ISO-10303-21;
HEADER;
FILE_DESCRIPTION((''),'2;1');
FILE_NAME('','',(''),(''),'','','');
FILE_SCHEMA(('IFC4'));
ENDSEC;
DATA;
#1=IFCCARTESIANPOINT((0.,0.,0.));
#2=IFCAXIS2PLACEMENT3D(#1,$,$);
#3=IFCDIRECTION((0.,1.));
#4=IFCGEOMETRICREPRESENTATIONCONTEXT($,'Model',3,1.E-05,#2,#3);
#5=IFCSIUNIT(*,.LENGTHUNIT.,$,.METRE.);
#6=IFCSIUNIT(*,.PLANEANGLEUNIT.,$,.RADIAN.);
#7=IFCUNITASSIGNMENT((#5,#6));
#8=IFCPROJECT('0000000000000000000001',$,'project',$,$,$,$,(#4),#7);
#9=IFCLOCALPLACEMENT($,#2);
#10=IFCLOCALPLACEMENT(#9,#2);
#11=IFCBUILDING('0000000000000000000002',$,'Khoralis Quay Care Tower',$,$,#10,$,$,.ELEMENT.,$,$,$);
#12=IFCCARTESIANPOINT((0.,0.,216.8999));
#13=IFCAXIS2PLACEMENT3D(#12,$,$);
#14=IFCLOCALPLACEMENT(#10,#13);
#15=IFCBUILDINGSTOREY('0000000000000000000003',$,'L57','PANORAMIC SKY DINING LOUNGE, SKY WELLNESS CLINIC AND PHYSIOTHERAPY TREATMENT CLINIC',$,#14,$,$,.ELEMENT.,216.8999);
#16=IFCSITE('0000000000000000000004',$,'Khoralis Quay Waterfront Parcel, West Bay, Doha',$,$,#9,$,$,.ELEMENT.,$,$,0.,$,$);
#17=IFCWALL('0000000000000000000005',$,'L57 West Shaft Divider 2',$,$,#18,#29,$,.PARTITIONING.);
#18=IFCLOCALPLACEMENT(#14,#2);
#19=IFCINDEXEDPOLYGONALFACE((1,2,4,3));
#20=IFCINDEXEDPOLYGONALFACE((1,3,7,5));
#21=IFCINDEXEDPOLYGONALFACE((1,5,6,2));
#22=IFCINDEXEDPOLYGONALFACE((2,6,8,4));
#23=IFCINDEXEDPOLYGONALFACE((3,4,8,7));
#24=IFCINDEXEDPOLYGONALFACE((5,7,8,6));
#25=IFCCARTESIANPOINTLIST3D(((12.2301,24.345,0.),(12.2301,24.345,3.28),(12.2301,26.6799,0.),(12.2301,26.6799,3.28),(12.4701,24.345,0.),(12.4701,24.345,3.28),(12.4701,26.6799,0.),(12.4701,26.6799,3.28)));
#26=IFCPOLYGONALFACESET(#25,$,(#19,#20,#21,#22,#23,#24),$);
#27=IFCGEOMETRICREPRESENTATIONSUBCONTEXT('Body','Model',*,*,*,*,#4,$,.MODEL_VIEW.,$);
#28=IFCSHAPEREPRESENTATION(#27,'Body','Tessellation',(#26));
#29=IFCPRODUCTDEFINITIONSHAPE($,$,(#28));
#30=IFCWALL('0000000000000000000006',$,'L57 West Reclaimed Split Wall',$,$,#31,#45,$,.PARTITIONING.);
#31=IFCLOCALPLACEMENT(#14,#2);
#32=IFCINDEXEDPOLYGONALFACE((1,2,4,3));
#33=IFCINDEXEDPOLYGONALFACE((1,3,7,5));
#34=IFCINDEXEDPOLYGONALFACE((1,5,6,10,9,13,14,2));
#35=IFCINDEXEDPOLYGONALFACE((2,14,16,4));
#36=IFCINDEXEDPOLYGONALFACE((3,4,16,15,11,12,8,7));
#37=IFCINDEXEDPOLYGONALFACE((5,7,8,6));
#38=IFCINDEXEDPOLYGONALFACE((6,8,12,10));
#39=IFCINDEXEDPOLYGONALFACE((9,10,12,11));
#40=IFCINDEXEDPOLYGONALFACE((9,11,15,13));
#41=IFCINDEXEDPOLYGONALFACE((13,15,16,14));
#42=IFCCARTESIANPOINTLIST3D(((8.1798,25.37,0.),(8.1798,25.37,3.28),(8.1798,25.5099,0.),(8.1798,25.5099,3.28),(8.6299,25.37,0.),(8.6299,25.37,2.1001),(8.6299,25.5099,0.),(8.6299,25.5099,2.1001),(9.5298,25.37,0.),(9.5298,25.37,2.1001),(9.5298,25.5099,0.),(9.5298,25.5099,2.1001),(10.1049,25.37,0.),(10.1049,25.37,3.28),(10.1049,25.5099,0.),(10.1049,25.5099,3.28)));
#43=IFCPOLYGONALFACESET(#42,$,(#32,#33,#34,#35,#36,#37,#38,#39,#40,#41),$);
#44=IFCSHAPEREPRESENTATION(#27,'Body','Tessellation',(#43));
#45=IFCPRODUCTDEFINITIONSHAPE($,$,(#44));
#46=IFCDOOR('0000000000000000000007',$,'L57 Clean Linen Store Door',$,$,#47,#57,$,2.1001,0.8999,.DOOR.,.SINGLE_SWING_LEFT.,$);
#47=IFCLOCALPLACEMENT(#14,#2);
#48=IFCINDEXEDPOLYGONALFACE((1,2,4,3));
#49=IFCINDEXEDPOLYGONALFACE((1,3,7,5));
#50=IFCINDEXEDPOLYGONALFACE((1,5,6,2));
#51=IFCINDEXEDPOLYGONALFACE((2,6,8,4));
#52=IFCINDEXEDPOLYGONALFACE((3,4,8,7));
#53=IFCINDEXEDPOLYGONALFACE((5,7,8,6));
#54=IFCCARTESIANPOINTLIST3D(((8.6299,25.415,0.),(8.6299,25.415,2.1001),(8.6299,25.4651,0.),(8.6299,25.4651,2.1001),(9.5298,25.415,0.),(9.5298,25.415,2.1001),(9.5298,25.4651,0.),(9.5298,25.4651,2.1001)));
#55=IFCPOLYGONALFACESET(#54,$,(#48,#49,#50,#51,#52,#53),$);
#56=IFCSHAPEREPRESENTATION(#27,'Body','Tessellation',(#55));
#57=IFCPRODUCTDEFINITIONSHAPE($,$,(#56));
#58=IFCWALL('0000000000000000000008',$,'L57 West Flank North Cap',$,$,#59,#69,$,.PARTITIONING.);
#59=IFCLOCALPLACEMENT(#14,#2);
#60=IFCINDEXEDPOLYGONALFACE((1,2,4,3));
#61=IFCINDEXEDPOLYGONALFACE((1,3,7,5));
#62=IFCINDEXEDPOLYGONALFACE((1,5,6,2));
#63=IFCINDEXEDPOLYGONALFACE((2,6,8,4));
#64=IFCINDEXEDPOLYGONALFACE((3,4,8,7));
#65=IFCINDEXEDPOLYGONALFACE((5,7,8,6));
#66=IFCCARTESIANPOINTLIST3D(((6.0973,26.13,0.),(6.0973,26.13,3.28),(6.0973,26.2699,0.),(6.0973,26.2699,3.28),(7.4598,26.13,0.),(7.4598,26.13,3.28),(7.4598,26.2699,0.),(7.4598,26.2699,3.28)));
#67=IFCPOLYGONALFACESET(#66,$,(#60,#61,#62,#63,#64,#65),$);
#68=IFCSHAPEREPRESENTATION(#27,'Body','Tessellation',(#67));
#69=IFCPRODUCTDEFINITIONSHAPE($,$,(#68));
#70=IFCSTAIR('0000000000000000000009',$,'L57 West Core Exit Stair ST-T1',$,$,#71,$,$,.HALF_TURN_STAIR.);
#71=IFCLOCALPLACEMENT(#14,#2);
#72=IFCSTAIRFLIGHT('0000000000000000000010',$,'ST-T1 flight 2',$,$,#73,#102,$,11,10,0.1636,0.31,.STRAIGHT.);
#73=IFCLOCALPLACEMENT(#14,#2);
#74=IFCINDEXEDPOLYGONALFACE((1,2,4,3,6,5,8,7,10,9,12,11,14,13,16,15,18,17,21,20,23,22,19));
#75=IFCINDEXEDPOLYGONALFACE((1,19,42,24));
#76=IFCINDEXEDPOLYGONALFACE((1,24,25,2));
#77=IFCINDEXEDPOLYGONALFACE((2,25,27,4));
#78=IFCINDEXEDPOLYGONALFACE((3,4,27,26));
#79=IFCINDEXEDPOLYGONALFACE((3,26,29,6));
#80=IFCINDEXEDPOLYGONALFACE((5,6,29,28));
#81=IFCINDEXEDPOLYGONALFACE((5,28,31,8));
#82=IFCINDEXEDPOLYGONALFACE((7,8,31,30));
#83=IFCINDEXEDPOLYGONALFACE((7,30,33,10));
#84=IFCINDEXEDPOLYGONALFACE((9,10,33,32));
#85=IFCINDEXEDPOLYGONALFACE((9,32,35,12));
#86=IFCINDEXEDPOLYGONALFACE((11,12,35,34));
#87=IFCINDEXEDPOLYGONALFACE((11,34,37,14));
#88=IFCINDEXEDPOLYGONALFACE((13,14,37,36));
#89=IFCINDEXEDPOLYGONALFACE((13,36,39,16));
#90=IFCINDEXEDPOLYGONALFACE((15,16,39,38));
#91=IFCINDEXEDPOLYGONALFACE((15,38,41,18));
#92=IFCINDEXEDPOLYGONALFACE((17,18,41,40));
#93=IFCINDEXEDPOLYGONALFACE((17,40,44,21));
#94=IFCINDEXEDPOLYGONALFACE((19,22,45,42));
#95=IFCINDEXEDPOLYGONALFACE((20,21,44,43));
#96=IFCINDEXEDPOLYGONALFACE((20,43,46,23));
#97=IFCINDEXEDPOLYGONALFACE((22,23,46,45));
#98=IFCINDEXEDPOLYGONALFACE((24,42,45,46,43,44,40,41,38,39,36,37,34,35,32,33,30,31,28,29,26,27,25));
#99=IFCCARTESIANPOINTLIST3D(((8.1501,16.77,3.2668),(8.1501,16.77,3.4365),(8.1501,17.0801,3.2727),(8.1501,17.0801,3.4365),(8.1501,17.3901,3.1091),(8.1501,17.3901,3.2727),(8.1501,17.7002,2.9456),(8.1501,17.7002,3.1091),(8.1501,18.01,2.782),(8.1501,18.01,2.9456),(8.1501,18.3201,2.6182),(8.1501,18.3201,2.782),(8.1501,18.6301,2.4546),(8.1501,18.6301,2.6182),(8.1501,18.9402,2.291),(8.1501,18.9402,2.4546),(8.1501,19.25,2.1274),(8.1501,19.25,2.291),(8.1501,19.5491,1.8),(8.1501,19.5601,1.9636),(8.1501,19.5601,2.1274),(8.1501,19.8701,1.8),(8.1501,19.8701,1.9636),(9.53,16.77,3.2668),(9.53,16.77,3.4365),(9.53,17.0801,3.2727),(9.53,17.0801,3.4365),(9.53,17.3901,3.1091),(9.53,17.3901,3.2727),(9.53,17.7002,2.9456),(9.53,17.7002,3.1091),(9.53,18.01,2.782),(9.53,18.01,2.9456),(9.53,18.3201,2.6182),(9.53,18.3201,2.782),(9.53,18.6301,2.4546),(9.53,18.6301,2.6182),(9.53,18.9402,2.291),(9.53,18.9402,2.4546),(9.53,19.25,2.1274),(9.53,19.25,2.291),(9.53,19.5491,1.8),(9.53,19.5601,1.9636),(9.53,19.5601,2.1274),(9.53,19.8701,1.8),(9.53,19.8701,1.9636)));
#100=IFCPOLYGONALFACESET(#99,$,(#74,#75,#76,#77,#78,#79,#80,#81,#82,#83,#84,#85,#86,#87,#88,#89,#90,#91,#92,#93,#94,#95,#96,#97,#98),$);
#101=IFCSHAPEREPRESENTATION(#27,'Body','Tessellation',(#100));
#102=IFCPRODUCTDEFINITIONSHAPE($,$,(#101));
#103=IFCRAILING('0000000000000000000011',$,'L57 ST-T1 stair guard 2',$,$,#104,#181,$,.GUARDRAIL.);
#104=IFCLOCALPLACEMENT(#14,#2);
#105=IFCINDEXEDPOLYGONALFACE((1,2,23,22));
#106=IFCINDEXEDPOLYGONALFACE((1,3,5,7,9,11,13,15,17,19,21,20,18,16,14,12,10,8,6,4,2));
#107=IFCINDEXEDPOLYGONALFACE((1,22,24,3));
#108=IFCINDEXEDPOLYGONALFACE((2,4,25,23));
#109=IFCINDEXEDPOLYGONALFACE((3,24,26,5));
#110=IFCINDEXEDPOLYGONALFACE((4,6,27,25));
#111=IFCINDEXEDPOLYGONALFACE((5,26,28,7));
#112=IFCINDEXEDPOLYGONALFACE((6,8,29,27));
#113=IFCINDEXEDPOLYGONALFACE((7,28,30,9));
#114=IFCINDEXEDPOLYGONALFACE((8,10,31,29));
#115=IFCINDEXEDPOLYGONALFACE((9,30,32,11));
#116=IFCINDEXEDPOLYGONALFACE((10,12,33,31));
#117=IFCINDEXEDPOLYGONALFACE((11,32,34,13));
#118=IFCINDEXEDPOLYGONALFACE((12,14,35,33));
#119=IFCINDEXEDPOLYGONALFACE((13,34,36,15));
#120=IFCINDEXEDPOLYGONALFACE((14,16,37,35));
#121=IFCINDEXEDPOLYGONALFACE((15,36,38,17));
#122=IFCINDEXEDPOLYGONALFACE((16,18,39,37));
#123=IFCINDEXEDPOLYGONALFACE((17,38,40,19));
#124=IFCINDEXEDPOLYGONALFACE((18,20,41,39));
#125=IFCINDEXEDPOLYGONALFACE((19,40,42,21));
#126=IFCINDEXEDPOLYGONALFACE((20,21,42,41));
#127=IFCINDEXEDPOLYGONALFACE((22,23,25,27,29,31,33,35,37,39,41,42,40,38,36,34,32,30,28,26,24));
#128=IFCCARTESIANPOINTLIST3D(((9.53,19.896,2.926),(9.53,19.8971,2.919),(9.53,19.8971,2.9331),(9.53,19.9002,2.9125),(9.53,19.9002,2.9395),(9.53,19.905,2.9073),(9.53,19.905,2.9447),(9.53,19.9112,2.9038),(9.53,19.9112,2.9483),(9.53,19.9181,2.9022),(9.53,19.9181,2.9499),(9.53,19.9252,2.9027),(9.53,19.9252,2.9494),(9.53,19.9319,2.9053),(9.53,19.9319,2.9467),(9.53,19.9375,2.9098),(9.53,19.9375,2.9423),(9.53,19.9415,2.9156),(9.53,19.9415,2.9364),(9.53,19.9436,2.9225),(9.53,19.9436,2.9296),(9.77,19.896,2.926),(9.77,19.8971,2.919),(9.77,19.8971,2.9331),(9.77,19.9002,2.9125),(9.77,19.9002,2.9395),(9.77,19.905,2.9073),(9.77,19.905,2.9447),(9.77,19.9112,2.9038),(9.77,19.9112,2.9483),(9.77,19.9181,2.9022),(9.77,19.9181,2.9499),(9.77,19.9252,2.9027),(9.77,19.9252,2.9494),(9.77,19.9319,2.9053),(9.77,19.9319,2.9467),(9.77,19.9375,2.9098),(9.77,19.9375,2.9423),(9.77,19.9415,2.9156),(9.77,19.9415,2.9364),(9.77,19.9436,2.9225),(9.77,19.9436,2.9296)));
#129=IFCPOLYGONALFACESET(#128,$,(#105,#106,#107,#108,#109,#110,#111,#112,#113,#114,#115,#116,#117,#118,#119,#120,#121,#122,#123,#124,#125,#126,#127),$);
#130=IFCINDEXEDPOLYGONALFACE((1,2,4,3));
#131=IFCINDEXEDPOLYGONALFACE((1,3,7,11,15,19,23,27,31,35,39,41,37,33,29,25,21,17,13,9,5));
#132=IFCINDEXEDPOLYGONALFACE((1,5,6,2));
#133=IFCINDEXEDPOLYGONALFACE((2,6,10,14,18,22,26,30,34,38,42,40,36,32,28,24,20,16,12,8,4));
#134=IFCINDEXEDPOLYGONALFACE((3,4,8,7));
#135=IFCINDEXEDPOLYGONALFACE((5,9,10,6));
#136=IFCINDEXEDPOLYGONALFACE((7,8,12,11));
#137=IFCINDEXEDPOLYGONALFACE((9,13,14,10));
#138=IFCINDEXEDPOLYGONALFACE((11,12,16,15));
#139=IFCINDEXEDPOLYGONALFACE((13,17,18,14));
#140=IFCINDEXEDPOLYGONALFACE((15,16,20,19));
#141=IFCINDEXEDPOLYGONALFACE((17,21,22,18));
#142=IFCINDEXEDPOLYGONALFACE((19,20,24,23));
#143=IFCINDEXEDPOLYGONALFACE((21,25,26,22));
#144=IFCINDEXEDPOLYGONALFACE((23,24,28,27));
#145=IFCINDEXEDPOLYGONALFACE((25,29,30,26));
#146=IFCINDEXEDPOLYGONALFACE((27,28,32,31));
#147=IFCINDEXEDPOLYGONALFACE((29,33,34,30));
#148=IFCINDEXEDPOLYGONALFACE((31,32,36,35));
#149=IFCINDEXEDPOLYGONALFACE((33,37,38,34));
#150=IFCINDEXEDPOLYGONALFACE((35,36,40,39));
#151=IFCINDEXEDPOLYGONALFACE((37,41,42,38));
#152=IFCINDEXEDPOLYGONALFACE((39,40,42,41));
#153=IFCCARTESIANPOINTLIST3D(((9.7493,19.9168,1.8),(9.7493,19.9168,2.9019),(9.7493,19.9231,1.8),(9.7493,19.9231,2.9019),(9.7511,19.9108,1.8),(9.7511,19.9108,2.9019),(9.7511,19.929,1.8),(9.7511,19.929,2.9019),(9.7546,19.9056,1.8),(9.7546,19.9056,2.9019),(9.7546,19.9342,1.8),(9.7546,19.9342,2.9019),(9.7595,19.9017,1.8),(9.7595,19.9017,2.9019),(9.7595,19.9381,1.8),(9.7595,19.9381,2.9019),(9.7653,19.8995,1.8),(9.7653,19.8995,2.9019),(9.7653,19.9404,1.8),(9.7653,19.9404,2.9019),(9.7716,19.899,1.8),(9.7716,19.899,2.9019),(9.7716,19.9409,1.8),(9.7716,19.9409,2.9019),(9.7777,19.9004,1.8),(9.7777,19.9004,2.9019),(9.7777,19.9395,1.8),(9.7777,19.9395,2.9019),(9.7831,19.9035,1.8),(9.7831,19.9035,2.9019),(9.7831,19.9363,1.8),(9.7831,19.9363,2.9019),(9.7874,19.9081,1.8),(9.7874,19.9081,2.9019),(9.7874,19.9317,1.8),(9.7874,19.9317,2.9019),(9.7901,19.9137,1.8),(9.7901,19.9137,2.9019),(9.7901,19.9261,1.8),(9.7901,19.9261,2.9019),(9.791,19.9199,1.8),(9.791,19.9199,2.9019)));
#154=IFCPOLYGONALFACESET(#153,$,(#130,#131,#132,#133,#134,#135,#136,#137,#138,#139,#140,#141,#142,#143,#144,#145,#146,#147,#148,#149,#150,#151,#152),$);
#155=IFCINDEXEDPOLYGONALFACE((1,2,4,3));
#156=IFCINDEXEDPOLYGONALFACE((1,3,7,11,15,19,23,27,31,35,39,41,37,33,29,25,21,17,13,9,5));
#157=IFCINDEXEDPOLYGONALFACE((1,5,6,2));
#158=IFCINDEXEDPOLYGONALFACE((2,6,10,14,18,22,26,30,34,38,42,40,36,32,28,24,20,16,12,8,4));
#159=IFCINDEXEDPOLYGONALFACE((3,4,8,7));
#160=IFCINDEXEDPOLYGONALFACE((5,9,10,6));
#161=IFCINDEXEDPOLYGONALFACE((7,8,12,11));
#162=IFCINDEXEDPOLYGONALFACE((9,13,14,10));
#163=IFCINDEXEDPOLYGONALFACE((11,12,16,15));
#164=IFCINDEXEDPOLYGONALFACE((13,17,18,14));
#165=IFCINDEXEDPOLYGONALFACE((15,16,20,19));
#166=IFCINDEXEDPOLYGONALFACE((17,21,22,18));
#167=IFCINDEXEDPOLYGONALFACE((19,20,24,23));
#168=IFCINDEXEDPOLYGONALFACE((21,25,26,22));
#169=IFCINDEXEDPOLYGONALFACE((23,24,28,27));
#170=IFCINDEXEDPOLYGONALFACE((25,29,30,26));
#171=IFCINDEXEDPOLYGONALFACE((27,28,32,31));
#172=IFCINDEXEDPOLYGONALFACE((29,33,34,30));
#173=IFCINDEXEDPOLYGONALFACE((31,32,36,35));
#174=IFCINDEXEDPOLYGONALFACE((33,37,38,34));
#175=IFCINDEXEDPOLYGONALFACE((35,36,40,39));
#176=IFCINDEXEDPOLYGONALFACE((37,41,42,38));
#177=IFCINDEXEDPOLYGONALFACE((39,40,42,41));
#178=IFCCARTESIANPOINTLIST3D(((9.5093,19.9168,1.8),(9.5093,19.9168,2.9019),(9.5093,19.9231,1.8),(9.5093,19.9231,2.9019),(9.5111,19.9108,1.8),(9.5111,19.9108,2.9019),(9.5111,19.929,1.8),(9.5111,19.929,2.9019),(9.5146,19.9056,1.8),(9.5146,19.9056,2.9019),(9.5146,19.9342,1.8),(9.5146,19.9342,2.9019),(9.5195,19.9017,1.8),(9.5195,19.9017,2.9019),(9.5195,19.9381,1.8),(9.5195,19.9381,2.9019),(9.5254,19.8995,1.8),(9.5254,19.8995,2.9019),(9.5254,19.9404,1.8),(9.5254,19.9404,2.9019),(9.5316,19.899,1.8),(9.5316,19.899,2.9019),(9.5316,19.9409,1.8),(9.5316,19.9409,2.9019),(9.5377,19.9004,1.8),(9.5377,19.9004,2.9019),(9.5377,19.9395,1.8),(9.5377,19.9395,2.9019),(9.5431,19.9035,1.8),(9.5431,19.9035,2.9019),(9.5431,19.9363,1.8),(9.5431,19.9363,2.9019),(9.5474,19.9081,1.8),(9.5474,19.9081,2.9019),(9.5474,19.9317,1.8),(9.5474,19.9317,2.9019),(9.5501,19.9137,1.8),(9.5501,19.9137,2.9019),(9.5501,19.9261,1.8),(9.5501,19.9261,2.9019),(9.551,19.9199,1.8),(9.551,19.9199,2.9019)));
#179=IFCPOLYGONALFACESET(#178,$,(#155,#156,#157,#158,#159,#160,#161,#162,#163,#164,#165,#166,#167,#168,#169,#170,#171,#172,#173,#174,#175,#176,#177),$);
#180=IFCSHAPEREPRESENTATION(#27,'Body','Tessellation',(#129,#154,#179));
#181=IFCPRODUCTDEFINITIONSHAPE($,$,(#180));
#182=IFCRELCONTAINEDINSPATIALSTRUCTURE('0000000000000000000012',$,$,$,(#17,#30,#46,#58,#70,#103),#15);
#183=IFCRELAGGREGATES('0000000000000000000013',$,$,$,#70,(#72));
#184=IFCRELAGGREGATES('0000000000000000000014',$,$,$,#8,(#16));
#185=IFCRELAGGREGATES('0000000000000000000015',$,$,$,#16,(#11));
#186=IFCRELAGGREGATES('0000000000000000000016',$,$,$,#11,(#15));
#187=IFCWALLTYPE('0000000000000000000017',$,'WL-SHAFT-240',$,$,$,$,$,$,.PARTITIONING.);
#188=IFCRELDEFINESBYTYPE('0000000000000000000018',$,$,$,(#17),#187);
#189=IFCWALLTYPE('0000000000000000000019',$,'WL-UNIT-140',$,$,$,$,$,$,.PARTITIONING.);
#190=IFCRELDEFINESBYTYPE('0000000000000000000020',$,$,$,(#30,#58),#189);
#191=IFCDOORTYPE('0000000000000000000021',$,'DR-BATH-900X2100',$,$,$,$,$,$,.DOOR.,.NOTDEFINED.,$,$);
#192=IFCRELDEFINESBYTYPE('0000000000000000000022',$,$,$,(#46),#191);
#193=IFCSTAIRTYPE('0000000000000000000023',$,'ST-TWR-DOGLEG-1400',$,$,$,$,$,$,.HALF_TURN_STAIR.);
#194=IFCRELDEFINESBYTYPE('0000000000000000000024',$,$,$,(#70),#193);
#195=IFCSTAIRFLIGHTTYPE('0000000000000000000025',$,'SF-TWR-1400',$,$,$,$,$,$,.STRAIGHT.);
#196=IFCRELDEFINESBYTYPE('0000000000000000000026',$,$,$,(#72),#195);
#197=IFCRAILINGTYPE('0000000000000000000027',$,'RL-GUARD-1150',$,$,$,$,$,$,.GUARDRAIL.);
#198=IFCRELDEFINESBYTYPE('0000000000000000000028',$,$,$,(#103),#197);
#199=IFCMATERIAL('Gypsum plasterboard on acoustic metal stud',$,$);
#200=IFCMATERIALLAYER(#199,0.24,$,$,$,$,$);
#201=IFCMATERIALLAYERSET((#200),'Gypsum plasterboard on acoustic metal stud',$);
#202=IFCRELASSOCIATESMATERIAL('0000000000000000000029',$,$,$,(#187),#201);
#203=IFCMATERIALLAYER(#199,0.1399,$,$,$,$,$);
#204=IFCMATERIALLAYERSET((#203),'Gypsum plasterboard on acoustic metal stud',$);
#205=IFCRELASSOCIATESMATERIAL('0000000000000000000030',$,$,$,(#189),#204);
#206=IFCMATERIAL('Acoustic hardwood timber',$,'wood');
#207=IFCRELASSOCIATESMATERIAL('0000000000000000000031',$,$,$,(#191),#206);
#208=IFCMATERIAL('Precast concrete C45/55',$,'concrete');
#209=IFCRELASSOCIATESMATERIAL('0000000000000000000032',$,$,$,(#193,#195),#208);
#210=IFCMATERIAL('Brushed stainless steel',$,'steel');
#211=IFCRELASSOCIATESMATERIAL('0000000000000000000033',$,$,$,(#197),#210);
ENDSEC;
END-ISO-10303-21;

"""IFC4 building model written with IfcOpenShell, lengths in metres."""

from ifc_helpers import new_model, si_unit, direction, frame, frame_2d, origin, origin_2d, place, context, subcontext, project, spatial, polyline, rectangle, circle, outline, extrude, source, transform, mapped, material, layer, layer_set, type_object, element, fill, aggregate, save


model = new_model("IFC4")

# Units and contexts
model_context = context("Model", 3, precision=1e-05, world=origin(), true_north=direction((0.0, 1.0)))
body_context = subcontext(model_context, "Body", "Model", "MODEL_VIEW")
ifc_project = project(units=[si_unit("LENGTHUNIT", "METRE"), si_unit("PLANEANGLEUNIT", "RADIAN")], contexts=[model_context])

# Site, building, storey
site_placement = place(None, origin())
site = spatial("IfcSite", under=ifc_project, at=site_placement, Name="Khoralis Quay Waterfront Parcel, West Bay, Doha", CompositionType="ELEMENT", RefElevation=0.0)
building_placement = place(site_placement, origin())
building = spatial("IfcBuilding", under=site, at=building_placement, Name="Khoralis Quay Care Tower", CompositionType="ELEMENT")
storey_placement = place(building_placement, frame((0.0, 0.0, 216.8999)))
storey = spatial("IfcBuildingStorey", under=building, at=storey_placement, Name="L57", Description="PANORAMIC SKY DINING LOUNGE, SKY WELLNESS CLINIC AND PHYSIOTHERAPY TREATMENT CLINIC", CompositionType="ELEMENT", Elevation=216.8999)

# Shared definitions
ifc_material_1 = material(Name="Brushed stainless steel", Category="steel")
ifc_material_2 = material(Name="Acoustic hardwood timber", Category="wood")

# Shared definitions
ifc_material_3 = material(Name="Gypsum plasterboard on acoustic metal stud")

# Wall
ifc_layer_1 = layer(ifc_material_3, 0.24)
ifc_layer_set_1 = layer_set([ifc_layer_1], Name="Gypsum plasterboard on acoustic metal stud")
wall_type_1 = type_object("IfcWallType", Name="WL-SHAFT-240", PredefinedType="PARTITIONING", material=ifc_layer_set_1)
wall_1_placement = place(storey_placement, frame((12.3501, 24.345, 0.0), z_axis=(0.0, 0.0, 1.0), x_axis=(0.0, 1.0, 0.0)))
element("IfcWall", 1, at=wall_1_placement, inside=storey, type_object=wall_type_1, Name="L57 West Shaft Divider 2", PredefinedType="PARTITIONING", context=body_context, shape_type="SweptSolid", body=[
    extrude(rectangle(XDim=2.335, YDim=0.24, at=frame_2d((1.1675, 0.0))), origin(), (0.0, 0.0, 1.0), 3.28),
])

# Wall, opening, door
ifc_layer_2 = layer(ifc_material_3, 0.1399)
ifc_layer_set_2 = layer_set([ifc_layer_2], Name="Gypsum plasterboard on acoustic metal stud")
wall_type_2 = type_object("IfcWallType", Name="WL-UNIT-140", PredefinedType="PARTITIONING", material=ifc_layer_set_2)
wall_2_placement = place(storey_placement, frame((8.1799, 25.4399, 0.0), z_axis=(0.0, 0.0, 1.0), x_axis=(1.0, 0.0, 0.0)))
wall_2 = element("IfcWall", 2, at=wall_2_placement, inside=storey, type_object=wall_type_2, Name="L57 West Reclaimed Split Wall", PredefinedType="PARTITIONING", context=body_context, shape_type="SweptSolid", body=[
    extrude(rectangle(XDim=1.925, YDim=0.1399, at=frame_2d((0.9624, 0.0))), origin(), (0.0, 0.0, 1.0), 3.28),
])
opening_1_placement = place(wall_2_placement, frame((0.45, 0.0, 0.0)))
opening_1 = element("IfcOpeningElement", 3, at=opening_1_placement, cuts=wall_2, PredefinedType="OPENING", context=body_context, shape_type="SweptSolid", body=[
    extrude(rectangle(XDim=0.8999, YDim=2.1001, at=frame_2d((0.45, 1.05))), frame((0.0, 0.0801, 0.0), z_axis=(0.0, -1.0, 0.0), x_axis=(1.0, 0.0, 0.0)), (0.0, 0.0, 1.0), 0.1599),
])
door_type_1 = type_object("IfcDoorType", Name="DR-BATH-900X2100", OperationType="NOTDEFINED", PredefinedType="DOOR", material=ifc_material_2)
shared_shape_1 = source(origin(), body_context, "Body", "SweptSolid", [
    extrude(rectangle(XDim=0.8999, YDim=2.1001, at=frame_2d((0.45, 1.05))), frame((0.0, 0.0249, 0.0), z_axis=(0.0, -1.0, 0.0), x_axis=(1.0, 0.0, 0.0)), (0.0, 0.0, 1.0), 0.05),
])
door_1_placement = place(opening_1_placement, frame((0.8999, 0.0, 0.0), z_axis=(0.0, 0.0, 1.0), x_axis=(-1.0, 0.0, 0.0)))
door_1 = element("IfcDoor", 4, at=door_1_placement, inside=storey, type_object=door_type_1, Name="L57 Clean Linen Store Door", OperationType="SINGLE_SWING_LEFT", OverallHeight=2.1001, OverallWidth=0.8999, PredefinedType="DOOR", context=body_context, shape_type="MappedRepresentation", body=[
    mapped(shared_shape_1, transform((0.0, 0.0, 0.0), scale=1.0)),
])
fill(opening_1, door_1)

# Wall
wall_3_placement = place(storey_placement, frame((6.0974, 26.2, 0.0), z_axis=(0.0, 0.0, 1.0), x_axis=(1.0, 0.0, 0.0)))
element("IfcWall", 5, at=wall_3_placement, inside=storey, type_object=wall_type_2, Name="L57 West Flank North Cap", PredefinedType="PARTITIONING", context=body_context, shape_type="SweptSolid", body=[
    extrude(rectangle(XDim=1.3625, YDim=0.1399, at=frame_2d((0.6812, 0.0))), origin(), (0.0, 0.0, 1.0), 3.28),
])

# Stair, stair flight
ifc_material_4 = material(Name="Precast concrete C45/55", Category="concrete")
stair_type = type_object("IfcStairType", Name="ST-TWR-DOGLEG-1400", PredefinedType="HALF_TURN_STAIR", material=ifc_material_4)
stair_placement = place(storey_placement, origin())
stair = element("IfcStair", 6, at=stair_placement, inside=storey, type_object=stair_type, Name="L57 West Core Exit Stair ST-T1", PredefinedType="HALF_TURN_STAIR")
stair_flight_type = type_object("IfcStairFlightType", Name="SF-TWR-1400", PredefinedType="STRAIGHT", material=ifc_material_4)
shared_shape_2 = source(origin(), body_context, "Body", "SweptSolid", [
    extrude(outline(polyline([(0.0, 0.0), (0.0, 0.1636), (0.3101, 0.1636), (0.3101, 0.3274), (0.6201, 0.3274), (0.6201, 0.491), (0.9299, 0.491), (0.9299, 0.6545), (1.24, 0.6545), (1.24, 0.8181), (1.55, 0.8181), (1.55, 0.9819), (1.8601, 0.9819), (1.8601, 1.1455), (2.1699, 1.1455), (2.1699, 1.3091), (2.48, 1.3091), (2.48, 1.4727), (2.79, 1.4727), (2.79, 1.6365), (3.1001, 1.6365), (3.1001, 1.8), (3.1001, 1.4668), (0.321, 0.0), (0.0, 0.0)])), frame((0.0, 0.6899, 0.0), z_axis=(0.0, -1.0, 0.0), x_axis=(1.0, 0.0, 0.0)), (0.0, 0.0, 1.0), 1.3799),
])
stair_flight_placement = place(storey_placement, frame((8.8401, 19.8701, 1.8), z_axis=(0.0, 0.0, 1.0), x_axis=(0.0, -1.0, 0.0)))
stair_flight = element("IfcStairFlight", 7, at=stair_flight_placement, type_object=stair_flight_type, Name="ST-T1 flight 2", NumberOfRisers=11, NumberOfTreads=10, PredefinedType="STRAIGHT", RiserHeight=0.1636, TreadLength=0.31, context=body_context, shape_type="MappedRepresentation", body=[
    mapped(shared_shape_2, transform((0.0, 0.0, 0.0), scale=1.0)),
])
aggregate(stair, [stair_flight])

# Railing
railing_type_1 = type_object("IfcRailingType", Name="RL-GUARD-1150", PredefinedType="GUARDRAIL", material=ifc_material_1)
railing_1_placement = place(storey_placement, frame((9.77, 19.9199, 1.8)))
element("IfcRailing", 8, at=railing_1_placement, inside=storey, type_object=railing_type_1, Name="L57 ST-T1 stair guard 2", PredefinedType="GUARDRAIL", context=body_context, shape_type="SweptSolid", body=[
    extrude(circle(Radius=0.0239, at=origin_2d()), frame((0.0, 0.0, 1.126), z_axis=(-1.0, 0.0, 0.0), x_axis=(0.0, -1.0, 0.0)), (0.0, 0.0, 1.0), 0.24),
    extrude(circle(Radius=0.021, at=origin_2d()), origin(), (0.0, 0.0, 1.0), 1.1018),
    extrude(circle(Radius=0.021, at=origin_2d()), frame((-0.24, 0.0, 0.0)), (0.0, 0.0, 1.0), 1.1018),
])

save(model, "model.ifc")
